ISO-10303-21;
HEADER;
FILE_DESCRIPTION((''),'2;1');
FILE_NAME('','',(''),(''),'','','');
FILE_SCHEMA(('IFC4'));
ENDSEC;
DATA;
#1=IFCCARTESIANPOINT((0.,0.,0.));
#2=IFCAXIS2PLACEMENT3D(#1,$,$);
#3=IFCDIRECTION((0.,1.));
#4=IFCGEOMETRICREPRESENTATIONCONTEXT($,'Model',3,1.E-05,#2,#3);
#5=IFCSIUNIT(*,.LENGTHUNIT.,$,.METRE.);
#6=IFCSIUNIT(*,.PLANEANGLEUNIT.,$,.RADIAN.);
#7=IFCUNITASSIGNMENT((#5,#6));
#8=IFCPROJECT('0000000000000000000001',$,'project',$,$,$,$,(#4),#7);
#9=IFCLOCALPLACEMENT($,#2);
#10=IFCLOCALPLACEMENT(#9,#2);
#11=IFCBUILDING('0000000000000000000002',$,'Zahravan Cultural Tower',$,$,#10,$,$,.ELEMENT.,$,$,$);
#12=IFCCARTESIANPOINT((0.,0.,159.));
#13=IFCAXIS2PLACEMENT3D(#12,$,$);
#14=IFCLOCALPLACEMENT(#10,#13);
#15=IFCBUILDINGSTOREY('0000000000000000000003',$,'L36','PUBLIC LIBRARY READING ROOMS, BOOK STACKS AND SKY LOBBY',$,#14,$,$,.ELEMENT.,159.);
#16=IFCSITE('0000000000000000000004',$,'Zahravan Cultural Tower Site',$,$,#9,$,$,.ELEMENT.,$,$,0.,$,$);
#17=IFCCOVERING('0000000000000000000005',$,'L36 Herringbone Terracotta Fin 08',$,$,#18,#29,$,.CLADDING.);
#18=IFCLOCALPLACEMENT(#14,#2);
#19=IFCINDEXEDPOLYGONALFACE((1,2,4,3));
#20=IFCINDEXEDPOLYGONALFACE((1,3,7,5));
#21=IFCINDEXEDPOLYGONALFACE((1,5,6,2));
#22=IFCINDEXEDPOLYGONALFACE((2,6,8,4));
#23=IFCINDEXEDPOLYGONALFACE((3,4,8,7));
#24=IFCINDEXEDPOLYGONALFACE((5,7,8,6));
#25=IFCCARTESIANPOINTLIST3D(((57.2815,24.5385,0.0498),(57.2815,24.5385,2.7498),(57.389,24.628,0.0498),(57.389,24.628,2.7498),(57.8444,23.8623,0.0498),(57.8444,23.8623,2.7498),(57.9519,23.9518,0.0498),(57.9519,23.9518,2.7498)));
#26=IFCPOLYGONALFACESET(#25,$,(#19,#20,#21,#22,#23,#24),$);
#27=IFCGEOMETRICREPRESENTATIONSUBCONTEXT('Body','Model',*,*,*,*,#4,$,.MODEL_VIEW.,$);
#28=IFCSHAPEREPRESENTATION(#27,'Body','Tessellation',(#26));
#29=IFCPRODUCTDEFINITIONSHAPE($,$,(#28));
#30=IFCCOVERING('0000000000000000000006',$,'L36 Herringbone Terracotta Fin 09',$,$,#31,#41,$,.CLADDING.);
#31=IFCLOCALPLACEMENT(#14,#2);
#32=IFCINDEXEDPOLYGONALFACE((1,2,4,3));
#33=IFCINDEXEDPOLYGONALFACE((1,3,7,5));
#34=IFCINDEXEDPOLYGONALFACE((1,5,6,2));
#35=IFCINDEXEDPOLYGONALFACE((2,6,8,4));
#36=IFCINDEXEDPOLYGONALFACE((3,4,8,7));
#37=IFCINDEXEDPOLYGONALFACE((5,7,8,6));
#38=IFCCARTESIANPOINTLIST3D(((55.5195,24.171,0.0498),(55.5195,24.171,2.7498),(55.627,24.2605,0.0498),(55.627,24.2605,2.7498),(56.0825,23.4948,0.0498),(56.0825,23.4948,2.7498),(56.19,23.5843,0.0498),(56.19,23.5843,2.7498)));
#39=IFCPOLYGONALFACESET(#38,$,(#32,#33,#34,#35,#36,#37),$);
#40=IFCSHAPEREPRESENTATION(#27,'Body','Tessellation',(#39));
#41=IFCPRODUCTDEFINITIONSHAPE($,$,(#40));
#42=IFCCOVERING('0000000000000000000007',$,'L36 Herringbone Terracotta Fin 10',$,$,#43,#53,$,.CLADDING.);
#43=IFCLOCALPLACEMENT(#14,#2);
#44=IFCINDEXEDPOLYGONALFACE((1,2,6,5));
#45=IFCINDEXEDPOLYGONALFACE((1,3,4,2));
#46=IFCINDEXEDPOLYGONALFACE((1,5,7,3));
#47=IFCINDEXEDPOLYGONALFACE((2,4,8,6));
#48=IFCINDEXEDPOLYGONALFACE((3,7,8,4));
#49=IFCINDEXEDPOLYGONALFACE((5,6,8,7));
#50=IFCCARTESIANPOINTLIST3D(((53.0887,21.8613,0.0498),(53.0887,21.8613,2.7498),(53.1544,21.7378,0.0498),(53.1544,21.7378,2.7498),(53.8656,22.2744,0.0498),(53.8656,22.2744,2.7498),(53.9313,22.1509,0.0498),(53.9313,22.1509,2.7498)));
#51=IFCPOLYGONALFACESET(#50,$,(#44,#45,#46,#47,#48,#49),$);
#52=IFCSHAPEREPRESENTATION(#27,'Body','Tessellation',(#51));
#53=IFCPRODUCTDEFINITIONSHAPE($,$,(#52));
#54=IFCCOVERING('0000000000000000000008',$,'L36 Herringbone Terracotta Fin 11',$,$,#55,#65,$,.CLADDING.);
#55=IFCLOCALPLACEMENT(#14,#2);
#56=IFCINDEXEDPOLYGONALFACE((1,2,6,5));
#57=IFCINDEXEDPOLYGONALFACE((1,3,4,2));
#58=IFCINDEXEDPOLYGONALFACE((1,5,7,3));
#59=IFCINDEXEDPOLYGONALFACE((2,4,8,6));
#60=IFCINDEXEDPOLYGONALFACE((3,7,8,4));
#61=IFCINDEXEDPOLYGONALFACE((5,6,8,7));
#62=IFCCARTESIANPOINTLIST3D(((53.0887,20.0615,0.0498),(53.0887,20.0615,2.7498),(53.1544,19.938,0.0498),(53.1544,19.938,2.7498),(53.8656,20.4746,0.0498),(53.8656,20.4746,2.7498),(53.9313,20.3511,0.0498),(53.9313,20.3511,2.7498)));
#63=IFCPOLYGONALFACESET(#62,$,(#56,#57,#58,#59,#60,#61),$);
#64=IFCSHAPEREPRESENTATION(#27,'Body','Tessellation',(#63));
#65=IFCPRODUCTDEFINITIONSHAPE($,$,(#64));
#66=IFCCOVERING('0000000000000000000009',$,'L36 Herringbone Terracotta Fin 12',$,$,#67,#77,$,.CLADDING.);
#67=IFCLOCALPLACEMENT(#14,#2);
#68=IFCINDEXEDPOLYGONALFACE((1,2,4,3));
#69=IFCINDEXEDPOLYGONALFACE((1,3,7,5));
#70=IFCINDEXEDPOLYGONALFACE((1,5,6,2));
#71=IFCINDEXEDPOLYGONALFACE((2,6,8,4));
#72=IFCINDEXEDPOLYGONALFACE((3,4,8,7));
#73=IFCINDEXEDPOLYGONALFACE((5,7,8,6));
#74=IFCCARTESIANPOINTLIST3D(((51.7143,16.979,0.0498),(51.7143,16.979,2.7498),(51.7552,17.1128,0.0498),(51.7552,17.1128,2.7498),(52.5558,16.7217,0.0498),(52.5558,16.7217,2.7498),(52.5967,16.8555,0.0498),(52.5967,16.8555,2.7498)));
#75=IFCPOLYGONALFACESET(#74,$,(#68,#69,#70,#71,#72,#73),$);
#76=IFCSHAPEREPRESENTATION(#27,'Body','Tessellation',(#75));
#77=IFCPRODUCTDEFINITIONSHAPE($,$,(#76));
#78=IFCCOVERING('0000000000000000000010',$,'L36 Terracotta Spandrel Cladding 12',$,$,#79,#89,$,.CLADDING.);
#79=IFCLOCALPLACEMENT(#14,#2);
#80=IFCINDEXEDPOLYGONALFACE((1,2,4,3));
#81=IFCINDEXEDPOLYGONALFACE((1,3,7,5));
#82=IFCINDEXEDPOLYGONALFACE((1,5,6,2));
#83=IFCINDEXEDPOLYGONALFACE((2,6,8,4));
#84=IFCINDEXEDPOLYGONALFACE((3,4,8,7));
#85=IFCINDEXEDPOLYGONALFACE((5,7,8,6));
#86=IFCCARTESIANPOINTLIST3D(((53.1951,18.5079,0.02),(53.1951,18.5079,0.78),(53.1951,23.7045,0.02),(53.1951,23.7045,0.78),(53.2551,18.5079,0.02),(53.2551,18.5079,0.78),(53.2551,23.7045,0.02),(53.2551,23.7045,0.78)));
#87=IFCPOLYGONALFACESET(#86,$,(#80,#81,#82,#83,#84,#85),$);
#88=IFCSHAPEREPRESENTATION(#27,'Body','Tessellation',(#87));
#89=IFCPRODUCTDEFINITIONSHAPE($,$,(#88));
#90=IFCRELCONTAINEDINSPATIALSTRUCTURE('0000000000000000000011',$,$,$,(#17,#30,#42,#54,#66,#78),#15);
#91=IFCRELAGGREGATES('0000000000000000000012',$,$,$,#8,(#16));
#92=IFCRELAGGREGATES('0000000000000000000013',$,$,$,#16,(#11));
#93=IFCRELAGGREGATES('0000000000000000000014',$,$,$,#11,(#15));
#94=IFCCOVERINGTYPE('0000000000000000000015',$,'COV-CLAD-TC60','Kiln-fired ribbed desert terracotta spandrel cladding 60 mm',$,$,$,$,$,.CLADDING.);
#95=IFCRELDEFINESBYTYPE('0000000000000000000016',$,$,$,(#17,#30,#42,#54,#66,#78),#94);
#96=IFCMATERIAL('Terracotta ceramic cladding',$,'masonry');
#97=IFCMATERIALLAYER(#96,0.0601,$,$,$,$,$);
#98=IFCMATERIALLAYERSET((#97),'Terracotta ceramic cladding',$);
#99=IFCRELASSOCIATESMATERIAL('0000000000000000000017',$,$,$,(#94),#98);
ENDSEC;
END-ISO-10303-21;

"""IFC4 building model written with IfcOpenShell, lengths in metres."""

from ifc_helpers import new_model, si_unit, direction, frame, origin, origin_2d, place, context, subcontext, project, spatial, rectangle, extrude, source, transform, mapped, material, layer, layer_set, type_object, element, save


model = new_model("IFC4")

# Units and contexts
model_context = context("Model", 3, precision=1e-05, world=origin(), true_north=direction((0.0, 1.0)))
body_context = subcontext(model_context, "Body", "Model", "MODEL_VIEW")
ifc_project = project(units=[si_unit("LENGTHUNIT", "METRE"), si_unit("PLANEANGLEUNIT", "RADIAN")], contexts=[model_context])

# Site, building, storey
site_placement = place(None, origin())
site = spatial("IfcSite", under=ifc_project, at=site_placement, Name="Zahravan Cultural Tower Site", CompositionType="ELEMENT", RefElevation=0.0)
building_placement = place(site_placement, origin())
building = spatial("IfcBuilding", under=site, at=building_placement, Name="Zahravan Cultural Tower", CompositionType="ELEMENT")
storey_placement = place(building_placement, frame((0.0, 0.0, 159.0)))
storey = spatial("IfcBuildingStorey", under=building, at=storey_placement, Name="L36", Description="PUBLIC LIBRARY READING ROOMS, BOOK STACKS AND SKY LOBBY", CompositionType="ELEMENT", Elevation=159.0)

# Coverings
ifc_material_1 = material(Name="Terracotta ceramic cladding", Category="masonry")
ifc_layer_1 = layer(ifc_material_1, 0.0601)
ifc_layer_set_1 = layer_set([ifc_layer_1], Name="Terracotta ceramic cladding")
covering_type = type_object("IfcCoveringType", Name="COV-CLAD-TC60", Description="Kiln-fired ribbed desert terracotta spandrel cladding 60 mm", PredefinedType="CLADDING", material=ifc_layer_set_1)
shared_shape_1 = source(origin(), body_context, "Body", "SweptSolid", [
    extrude(rectangle(XDim=0.8799, YDim=0.1399, at=origin_2d()), origin(), (0.0, 0.0, 1.0), 2.7),
])
for number, where, z_axis, x_axis, name in (
    (1, (57.6167, 24.2451, 0.0498), (0.0, 0.0, 1.0), (0.639841, -0.768507, 0.0), "L36 Herringbone Terracotta Fin 08"),
    (2, (55.8547, 23.8777, 0.0498), (0.0, 0.0, 1.0), (0.639841, -0.768507, 0.0), "L36 Herringbone Terracotta Fin 09"),
    (3, (53.51, 22.0061, 0.0498), (0.0, 0.0, 1.0), (0.882948, 0.469472, 0.0), "L36 Herringbone Terracotta Fin 10"),
    (4, (53.51, 20.2063, 0.0498), (0.0, 0.0, 1.0), (0.882948, 0.469472, 0.0), "L36 Herringbone Terracotta Fin 11"),
    (5, (52.1555, 16.9172, 0.0498), (0.0, 0.0, 1.0), (0.956305, -0.292372, 0.0), "L36 Herringbone Terracotta Fin 12"),
):
    element("IfcCovering", number, at=place(storey_placement, frame(where, z_axis=z_axis, x_axis=x_axis)), inside=storey, type_object=covering_type, Name=name, PredefinedType="CLADDING", context=body_context, shape_type="MappedRepresentation", body=[
        mapped(shared_shape_1, transform((0.0, 0.0, 0.0), x_axis=(1.0, 0.0, 0.0), y_axis=(0.0, 1.0, 0.0), z_axis=(0.0, 0.0, 1.0), scale=1.0)),
    ])
shared_shape_2 = source(origin(), body_context, "Body", "SweptSolid", [
    extrude(rectangle(XDim=5.1965, YDim=0.0601, at=origin_2d()), origin(), (0.0, 0.0, 1.0), 0.76),
])
covering_placement = place(storey_placement, frame((53.2251, 21.1062, 0.02), z_axis=(0.0, 0.0, 1.0), x_axis=(0.0, -1.0, 0.0)))
element("IfcCovering", 6, at=covering_placement, inside=storey, type_object=covering_type, Name="L36 Terracotta Spandrel Cladding 12", PredefinedType="CLADDING", context=body_context, shape_type="MappedRepresentation", body=[
    mapped(shared_shape_2, transform((0.0, 0.0, 0.0), x_axis=(1.0, 0.0, 0.0), y_axis=(0.0, 1.0, 0.0), z_axis=(0.0, 0.0, 1.0), scale=1.0)),
])

save(model, "model.ifc")
